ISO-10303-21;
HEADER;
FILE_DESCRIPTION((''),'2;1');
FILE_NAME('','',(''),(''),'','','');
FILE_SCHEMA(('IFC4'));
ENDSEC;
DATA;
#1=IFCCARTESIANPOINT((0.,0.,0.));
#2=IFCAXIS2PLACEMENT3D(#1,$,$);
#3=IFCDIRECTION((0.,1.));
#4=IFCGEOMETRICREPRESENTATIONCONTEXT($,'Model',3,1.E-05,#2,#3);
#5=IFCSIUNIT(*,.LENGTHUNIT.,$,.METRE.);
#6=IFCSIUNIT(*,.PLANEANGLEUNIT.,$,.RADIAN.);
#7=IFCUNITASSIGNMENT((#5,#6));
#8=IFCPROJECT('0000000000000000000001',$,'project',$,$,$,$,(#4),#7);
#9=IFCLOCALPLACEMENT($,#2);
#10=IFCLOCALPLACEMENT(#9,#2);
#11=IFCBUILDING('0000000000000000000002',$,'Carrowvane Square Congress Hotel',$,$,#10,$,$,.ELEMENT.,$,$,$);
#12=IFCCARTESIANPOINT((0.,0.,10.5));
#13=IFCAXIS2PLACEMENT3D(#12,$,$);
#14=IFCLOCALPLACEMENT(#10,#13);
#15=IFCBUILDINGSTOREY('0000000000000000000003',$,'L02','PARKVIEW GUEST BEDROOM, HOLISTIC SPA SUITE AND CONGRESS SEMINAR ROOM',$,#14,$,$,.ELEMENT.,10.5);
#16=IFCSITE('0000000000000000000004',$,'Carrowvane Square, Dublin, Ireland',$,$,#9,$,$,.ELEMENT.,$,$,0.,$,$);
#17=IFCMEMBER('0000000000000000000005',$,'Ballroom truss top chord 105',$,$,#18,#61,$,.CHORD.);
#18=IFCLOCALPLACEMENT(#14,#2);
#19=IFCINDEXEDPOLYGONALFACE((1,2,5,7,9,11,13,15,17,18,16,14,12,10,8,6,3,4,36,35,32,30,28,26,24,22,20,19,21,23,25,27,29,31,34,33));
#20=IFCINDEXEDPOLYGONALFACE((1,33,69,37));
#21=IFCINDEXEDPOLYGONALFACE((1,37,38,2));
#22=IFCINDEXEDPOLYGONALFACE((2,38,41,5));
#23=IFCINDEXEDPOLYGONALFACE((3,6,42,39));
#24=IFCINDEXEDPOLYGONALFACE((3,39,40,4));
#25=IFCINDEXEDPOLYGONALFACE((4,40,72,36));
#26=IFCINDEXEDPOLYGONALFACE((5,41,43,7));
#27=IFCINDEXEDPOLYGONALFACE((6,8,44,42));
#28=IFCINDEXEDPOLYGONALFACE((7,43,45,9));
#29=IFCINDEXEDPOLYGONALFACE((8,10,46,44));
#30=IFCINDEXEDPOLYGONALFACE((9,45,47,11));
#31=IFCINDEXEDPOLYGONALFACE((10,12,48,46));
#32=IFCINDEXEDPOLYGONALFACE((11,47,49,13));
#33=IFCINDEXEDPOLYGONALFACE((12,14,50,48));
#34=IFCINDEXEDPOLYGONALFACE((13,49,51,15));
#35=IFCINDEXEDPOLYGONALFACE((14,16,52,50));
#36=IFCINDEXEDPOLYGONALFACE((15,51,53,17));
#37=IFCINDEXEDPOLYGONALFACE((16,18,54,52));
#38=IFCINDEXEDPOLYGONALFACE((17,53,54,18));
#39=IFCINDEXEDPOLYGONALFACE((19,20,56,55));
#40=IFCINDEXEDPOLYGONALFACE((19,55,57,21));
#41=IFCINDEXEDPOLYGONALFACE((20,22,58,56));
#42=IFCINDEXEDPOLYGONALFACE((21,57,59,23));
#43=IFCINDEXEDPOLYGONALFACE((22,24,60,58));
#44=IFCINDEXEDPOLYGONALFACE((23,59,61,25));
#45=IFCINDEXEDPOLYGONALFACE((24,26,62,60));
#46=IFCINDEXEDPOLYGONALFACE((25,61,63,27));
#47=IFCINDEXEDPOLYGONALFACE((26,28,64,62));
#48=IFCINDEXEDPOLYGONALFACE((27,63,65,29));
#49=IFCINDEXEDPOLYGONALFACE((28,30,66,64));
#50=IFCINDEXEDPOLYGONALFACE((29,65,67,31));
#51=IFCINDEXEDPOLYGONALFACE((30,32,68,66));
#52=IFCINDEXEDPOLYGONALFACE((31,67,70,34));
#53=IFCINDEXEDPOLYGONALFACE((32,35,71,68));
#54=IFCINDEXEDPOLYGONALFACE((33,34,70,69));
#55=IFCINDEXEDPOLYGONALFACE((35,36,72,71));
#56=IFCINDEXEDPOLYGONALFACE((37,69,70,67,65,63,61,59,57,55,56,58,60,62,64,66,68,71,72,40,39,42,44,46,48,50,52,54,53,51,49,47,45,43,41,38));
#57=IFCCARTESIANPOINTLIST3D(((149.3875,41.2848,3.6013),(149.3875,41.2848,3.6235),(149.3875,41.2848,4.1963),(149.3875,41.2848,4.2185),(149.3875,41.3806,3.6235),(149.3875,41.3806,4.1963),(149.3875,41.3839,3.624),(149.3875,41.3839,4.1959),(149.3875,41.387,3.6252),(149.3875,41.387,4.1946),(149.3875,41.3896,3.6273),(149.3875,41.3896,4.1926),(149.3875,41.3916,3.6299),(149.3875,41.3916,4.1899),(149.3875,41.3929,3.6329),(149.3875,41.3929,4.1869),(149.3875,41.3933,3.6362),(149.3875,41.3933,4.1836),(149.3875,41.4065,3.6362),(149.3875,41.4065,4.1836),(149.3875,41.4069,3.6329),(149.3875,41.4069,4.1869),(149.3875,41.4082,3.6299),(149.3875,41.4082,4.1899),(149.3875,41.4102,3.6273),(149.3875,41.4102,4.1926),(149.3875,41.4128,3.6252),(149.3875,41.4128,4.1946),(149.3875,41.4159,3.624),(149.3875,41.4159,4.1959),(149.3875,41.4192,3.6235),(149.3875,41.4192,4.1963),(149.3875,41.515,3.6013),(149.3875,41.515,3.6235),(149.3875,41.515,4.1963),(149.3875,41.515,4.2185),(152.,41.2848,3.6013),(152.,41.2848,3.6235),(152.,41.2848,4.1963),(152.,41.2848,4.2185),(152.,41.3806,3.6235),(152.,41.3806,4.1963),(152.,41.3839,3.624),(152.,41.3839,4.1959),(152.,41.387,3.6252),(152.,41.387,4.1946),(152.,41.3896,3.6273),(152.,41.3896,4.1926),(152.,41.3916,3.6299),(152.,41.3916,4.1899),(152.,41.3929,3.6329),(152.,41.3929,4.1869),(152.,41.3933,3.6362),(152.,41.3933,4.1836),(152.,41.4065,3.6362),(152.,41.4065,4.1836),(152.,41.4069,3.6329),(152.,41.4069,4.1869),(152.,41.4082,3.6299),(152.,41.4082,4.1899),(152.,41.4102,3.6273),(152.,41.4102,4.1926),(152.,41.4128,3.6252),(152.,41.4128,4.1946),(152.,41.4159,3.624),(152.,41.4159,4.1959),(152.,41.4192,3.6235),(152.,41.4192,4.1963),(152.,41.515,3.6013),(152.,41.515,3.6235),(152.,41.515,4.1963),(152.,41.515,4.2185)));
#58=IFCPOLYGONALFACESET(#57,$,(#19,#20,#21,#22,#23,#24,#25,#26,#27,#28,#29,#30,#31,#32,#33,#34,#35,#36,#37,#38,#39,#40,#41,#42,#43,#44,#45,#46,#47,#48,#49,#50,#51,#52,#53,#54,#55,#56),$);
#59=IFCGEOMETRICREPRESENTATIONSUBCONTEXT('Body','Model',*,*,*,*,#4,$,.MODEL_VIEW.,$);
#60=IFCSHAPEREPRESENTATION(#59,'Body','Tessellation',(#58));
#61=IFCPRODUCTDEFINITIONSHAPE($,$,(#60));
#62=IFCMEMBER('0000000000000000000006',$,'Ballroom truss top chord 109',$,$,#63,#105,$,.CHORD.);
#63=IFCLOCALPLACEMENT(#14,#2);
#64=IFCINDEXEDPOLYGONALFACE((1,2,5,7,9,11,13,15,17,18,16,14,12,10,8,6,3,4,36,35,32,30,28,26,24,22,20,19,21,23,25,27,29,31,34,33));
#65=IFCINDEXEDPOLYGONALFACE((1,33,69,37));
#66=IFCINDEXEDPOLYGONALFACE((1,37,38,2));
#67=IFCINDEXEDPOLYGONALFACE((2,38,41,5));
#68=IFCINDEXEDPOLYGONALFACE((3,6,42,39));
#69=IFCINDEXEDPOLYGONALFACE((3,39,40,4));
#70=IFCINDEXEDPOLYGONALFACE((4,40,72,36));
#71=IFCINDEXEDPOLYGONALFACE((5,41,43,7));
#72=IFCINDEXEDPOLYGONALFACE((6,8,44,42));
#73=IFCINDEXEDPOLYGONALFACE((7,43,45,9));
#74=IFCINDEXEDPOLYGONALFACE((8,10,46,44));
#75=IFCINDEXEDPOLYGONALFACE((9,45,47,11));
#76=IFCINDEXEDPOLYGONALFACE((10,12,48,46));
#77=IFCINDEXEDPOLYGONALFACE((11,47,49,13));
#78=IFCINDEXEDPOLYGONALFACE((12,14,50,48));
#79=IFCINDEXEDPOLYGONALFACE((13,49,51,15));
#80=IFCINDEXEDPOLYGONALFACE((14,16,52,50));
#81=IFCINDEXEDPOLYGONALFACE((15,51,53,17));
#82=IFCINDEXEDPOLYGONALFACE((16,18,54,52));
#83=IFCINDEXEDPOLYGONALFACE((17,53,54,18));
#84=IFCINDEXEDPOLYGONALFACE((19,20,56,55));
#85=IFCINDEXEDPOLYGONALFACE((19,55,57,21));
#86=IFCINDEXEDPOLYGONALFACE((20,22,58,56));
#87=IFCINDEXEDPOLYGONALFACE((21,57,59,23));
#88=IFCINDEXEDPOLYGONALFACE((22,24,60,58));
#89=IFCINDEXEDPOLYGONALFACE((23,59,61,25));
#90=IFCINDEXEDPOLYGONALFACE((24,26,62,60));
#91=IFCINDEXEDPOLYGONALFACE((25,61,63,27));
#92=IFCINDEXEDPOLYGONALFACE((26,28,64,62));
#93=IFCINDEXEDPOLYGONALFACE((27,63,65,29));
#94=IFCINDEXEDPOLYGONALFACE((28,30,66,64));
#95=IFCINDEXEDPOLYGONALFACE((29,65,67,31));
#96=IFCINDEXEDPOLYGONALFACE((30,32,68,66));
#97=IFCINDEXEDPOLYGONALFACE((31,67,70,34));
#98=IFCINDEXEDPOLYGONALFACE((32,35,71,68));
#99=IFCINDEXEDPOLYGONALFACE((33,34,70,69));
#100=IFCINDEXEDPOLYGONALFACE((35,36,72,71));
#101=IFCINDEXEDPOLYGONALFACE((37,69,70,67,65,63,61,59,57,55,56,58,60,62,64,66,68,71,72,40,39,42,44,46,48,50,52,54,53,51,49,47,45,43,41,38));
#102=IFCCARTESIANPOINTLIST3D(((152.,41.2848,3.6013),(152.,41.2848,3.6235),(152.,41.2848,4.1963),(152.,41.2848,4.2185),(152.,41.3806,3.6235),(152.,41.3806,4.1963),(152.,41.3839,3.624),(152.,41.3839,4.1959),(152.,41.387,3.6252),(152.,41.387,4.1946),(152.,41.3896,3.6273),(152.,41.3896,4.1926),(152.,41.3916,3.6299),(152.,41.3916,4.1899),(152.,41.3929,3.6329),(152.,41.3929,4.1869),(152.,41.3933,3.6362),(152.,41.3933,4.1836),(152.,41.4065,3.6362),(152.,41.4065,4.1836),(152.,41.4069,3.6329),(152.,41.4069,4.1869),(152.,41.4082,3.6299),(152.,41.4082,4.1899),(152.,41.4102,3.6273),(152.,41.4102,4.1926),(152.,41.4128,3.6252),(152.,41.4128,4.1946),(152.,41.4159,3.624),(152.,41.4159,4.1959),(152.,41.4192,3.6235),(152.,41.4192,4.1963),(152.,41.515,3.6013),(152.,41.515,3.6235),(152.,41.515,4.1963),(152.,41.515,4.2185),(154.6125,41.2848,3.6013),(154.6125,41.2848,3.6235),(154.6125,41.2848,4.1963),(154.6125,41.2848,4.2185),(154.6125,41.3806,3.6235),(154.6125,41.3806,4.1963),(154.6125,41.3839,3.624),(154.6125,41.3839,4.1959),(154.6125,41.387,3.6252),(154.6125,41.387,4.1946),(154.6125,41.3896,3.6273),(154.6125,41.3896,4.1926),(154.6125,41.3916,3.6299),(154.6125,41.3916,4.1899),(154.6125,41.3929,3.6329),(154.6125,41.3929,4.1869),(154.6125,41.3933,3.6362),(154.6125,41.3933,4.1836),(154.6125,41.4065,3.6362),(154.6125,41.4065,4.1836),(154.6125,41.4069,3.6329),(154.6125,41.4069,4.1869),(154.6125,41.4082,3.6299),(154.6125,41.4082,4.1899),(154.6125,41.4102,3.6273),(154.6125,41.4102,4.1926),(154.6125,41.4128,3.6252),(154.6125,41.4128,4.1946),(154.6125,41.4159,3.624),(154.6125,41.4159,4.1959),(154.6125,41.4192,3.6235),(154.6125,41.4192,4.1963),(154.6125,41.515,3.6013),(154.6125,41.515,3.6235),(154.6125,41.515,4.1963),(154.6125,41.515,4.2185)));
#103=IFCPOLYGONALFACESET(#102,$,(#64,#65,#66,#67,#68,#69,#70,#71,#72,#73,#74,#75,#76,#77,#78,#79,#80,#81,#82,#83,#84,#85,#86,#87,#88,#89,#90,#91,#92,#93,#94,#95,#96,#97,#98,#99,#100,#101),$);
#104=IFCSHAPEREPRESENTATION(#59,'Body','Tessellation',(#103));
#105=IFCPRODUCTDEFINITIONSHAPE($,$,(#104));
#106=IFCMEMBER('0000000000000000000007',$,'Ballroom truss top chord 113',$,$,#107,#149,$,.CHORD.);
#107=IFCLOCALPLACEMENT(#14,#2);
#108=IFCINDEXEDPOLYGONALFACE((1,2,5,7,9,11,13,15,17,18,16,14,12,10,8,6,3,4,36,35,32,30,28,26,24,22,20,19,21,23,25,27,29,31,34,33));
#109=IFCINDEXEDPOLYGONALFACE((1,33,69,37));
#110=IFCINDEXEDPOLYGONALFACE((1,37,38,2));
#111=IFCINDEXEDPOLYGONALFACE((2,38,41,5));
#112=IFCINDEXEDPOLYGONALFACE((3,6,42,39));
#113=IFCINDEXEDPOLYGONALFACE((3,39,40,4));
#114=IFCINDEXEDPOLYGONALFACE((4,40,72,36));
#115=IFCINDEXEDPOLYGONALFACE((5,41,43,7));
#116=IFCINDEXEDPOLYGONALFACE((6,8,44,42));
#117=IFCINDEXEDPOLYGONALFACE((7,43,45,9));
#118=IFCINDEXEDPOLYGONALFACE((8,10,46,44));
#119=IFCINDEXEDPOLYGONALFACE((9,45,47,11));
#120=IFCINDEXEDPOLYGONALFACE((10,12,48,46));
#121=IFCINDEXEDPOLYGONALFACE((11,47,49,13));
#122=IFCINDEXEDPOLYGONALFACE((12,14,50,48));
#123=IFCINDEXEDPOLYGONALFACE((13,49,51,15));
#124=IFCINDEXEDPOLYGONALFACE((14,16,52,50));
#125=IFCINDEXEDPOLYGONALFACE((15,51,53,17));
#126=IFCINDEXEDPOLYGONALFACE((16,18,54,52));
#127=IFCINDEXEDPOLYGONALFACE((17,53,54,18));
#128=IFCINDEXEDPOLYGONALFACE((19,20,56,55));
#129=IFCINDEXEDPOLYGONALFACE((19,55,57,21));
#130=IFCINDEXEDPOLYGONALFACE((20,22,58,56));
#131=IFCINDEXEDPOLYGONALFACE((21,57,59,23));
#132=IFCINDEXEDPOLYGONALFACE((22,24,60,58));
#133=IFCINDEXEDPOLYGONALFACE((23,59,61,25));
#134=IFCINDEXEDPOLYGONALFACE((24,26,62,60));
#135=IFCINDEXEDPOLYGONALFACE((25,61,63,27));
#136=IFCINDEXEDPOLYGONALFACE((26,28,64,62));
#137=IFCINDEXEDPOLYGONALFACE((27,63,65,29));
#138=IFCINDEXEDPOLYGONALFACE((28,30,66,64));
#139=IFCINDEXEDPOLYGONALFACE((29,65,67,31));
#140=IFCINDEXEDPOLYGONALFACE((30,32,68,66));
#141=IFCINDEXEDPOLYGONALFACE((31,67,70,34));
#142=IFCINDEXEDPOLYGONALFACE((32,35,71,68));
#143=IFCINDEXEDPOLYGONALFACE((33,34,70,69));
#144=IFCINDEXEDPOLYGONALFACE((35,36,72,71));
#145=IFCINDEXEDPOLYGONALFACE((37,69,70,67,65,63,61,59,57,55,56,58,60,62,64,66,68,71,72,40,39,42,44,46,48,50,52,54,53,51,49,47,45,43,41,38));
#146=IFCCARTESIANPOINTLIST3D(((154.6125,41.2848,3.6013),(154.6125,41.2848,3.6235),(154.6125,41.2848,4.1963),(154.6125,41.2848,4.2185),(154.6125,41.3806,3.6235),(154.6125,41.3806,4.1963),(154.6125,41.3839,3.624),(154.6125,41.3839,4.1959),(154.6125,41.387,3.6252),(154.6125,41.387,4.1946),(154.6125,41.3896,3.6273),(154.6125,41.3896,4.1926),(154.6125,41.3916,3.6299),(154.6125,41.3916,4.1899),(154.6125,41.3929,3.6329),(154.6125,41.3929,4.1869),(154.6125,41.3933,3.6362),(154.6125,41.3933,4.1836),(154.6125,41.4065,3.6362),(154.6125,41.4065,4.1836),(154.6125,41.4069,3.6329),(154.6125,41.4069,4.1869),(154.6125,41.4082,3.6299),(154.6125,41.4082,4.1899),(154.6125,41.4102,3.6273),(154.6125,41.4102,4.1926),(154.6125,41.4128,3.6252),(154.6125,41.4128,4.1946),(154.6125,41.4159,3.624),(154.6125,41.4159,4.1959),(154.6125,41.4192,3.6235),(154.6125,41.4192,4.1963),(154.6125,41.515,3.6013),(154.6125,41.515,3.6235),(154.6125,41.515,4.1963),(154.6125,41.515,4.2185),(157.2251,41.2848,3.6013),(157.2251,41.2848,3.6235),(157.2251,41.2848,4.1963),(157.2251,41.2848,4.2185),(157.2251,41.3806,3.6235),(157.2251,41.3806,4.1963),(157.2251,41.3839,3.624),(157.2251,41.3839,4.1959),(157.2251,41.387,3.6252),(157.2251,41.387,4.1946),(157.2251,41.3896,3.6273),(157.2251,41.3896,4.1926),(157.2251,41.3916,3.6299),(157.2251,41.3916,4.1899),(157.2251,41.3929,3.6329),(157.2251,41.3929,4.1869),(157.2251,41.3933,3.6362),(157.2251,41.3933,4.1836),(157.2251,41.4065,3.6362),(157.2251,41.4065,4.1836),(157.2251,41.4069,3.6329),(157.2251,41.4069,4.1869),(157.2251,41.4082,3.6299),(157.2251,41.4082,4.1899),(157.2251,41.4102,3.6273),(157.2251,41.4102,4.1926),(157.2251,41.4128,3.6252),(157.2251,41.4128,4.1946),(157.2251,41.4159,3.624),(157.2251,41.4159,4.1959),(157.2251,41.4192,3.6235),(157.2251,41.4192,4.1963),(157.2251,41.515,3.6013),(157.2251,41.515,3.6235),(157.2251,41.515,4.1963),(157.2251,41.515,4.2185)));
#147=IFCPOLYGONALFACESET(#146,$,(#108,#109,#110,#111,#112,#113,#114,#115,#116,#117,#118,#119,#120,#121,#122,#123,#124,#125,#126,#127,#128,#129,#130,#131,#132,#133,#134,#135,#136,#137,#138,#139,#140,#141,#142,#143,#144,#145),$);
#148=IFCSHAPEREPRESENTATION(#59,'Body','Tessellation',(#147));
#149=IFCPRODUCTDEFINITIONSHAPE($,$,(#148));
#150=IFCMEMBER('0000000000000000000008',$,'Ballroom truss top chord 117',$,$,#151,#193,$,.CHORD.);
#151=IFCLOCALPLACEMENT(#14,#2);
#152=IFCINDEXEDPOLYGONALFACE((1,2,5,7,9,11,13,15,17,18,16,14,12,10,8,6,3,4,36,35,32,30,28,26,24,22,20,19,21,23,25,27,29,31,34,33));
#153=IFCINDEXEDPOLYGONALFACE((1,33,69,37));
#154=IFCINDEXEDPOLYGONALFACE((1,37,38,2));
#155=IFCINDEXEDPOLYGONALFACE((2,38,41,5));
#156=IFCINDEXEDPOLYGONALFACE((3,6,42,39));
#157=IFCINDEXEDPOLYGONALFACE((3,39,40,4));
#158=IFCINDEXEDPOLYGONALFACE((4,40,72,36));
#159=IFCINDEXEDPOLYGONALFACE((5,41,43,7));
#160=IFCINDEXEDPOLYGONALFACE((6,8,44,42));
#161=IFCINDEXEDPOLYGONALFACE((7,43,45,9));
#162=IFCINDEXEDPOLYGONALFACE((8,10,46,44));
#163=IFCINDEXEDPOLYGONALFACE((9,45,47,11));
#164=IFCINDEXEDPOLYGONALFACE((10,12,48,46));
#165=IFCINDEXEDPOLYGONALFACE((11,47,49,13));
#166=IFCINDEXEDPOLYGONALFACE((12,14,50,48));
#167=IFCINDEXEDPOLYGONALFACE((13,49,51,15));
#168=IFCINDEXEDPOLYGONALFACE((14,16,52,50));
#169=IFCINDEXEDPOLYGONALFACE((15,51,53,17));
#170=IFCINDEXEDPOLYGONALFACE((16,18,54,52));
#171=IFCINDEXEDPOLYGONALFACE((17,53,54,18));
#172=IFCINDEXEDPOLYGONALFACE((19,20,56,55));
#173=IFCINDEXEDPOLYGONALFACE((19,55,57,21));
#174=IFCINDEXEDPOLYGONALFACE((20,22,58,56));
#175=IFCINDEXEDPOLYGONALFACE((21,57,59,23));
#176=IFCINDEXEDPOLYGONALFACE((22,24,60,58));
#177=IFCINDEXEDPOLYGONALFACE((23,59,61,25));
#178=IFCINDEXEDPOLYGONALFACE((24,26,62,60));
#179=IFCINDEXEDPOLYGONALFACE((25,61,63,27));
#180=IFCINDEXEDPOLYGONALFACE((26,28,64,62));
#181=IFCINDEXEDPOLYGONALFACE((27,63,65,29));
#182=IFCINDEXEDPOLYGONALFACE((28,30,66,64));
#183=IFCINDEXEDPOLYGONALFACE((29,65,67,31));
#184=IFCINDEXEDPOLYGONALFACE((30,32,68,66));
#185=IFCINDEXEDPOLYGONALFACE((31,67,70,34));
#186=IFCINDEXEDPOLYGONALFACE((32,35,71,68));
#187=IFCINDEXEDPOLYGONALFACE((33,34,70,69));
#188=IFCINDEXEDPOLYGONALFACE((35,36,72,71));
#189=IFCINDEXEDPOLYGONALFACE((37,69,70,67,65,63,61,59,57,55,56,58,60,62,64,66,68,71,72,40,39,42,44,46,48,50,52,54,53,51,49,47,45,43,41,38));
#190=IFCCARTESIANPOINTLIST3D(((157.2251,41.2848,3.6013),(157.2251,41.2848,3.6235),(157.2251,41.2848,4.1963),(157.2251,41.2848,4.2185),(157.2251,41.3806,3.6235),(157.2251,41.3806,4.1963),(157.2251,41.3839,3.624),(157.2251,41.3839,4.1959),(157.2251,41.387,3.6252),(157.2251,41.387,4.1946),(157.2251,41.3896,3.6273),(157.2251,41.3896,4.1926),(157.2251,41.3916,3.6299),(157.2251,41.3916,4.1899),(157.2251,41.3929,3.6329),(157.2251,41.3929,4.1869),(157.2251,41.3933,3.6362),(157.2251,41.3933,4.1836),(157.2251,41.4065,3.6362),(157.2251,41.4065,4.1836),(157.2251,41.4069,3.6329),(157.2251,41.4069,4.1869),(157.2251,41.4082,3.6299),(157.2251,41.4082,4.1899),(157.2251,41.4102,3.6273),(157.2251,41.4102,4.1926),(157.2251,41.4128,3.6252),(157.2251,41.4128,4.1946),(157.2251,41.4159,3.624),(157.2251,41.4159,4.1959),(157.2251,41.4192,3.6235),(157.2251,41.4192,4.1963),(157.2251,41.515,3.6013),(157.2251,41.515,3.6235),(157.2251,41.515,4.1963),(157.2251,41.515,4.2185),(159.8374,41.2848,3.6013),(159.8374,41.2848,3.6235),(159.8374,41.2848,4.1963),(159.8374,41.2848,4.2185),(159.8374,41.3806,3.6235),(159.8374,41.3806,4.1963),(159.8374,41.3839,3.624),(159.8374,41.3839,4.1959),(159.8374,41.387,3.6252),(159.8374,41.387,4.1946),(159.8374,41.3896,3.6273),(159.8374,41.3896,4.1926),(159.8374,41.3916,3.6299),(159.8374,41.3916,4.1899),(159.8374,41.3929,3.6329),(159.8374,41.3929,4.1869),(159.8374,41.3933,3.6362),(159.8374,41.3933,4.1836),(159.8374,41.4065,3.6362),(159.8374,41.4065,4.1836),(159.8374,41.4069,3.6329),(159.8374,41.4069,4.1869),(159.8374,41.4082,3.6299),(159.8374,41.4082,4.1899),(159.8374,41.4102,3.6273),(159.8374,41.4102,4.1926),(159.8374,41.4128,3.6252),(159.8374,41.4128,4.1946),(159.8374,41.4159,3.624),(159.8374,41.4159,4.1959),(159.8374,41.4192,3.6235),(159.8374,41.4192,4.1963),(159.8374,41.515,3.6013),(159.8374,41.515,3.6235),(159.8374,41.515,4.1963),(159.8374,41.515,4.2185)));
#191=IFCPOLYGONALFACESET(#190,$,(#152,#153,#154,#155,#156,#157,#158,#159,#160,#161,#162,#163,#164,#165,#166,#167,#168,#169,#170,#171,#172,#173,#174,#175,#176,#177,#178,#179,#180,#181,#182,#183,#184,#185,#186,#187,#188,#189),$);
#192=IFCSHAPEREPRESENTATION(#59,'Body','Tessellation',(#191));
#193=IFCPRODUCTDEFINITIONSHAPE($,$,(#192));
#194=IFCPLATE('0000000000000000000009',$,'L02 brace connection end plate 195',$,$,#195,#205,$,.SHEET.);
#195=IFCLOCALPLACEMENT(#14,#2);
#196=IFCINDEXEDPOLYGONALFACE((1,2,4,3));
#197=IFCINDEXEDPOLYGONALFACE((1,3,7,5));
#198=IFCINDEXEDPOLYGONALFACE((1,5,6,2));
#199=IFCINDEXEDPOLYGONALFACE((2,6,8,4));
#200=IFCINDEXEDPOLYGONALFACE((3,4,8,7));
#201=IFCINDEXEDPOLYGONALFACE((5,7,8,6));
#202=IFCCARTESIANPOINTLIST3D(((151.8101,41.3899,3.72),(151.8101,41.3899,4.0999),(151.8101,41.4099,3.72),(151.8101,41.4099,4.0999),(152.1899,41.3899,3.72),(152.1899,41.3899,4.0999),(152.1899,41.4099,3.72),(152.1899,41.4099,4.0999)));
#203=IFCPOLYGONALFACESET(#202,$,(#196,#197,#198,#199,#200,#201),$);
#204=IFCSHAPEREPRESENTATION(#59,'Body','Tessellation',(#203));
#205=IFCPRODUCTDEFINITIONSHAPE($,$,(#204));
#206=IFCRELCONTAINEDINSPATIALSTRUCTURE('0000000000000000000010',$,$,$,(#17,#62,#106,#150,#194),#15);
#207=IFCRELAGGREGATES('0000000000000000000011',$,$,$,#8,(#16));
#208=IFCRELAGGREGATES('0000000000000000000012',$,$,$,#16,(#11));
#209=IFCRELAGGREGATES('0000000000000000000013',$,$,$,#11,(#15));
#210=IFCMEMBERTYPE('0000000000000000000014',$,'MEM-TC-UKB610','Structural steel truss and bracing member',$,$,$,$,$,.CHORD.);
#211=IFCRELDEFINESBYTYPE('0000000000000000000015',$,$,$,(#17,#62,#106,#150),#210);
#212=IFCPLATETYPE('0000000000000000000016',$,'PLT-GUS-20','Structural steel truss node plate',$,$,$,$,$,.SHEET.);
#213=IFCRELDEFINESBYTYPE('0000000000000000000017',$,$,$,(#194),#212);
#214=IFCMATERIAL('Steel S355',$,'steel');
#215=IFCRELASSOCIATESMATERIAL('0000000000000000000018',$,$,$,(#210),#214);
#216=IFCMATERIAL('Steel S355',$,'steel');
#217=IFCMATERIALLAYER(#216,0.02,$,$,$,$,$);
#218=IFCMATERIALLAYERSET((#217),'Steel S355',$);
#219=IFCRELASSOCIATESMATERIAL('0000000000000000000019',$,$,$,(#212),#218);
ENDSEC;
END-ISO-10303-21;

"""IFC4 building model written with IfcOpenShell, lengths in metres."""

from ifc_helpers import new_model, si_unit, direction, frame, origin, origin_2d, place, context, subcontext, project, spatial, rectangle, i_section, extrude, material, layer, layer_set, material_profile, profile_set, type_object, element, save


model = new_model("IFC4")

# Units and contexts
model_context = context("Model", 3, precision=1e-05, world=origin(), true_north=direction((0.0, 1.0)))
body_context = subcontext(model_context, "Body", "Model", "MODEL_VIEW")
ifc_project = project(units=[si_unit("LENGTHUNIT", "METRE"), si_unit("PLANEANGLEUNIT", "RADIAN")], contexts=[model_context])

# Site, building, storey
site_placement = place(None, origin())
site = spatial("IfcSite", under=ifc_project, at=site_placement, Name="Carrowvane Square, Dublin, Ireland", CompositionType="ELEMENT", RefElevation=0.0)
building_placement = place(site_placement, origin())
building = spatial("IfcBuilding", under=site, at=building_placement, Name="Carrowvane Square Congress Hotel", CompositionType="ELEMENT")
storey_placement = place(building_placement, frame((0.0, 0.0, 10.5)))
storey = spatial("IfcBuildingStorey", under=building, at=storey_placement, Name="L02", Description="PARKVIEW GUEST BEDROOM, HOLISTIC SPA SUITE AND CONGRESS SEMINAR ROOM", CompositionType="ELEMENT", Elevation=10.5)

# Members
ifc_material_1 = material(Name="Steel S355", Category="steel")
ifc_material_profile_1 = material_profile(ifc_material_1, i_section(OverallWidth=0.2302, OverallDepth=0.6172, WebThickness=0.0132, FlangeThickness=0.0222, FilletRadius=0.0127, at=origin_2d()), Name="UKB 610x229x140")
ifc_profile_set_1 = profile_set([ifc_material_profile_1], Name="Steel S355")
member_type_1 = type_object("IfcMemberType", Name="MEM-TC-UKB610", Description="Structural steel truss and bracing member", PredefinedType="CHORD", material=ifc_profile_set_1)
for number, where, z_axis, x_axis, name in (
    (1, (149.3875, 41.3999, 3.9099), (1.0, 0.0, 0.0), (0.0, 1.0, 0.0), "Ballroom truss top chord 105"),
    (2, (152.0, 41.3999, 3.9099), (1.0, 0.0, 0.0), (0.0, 1.0, 0.0), "Ballroom truss top chord 109"),
    (3, (154.6125, 41.3999, 3.9099), (1.0, 0.0, 0.0), (0.0, 1.0, 0.0), "Ballroom truss top chord 113"),
):
    element("IfcMember", number, at=place(storey_placement, frame(where, z_axis=z_axis, x_axis=x_axis)), inside=storey, type_object=member_type_1, Name=name, PredefinedType="CHORD", context=body_context, shape_type="SweptSolid", body=[
        extrude(i_section(OverallWidth=0.2302, OverallDepth=0.6172, WebThickness=0.0132, FlangeThickness=0.0222, FilletRadius=0.0127, at=origin_2d()), origin(), (0.0, 0.0, 1.0), 2.6125),
    ])
member_1_placement = place(storey_placement, frame((157.2251, 41.3999, 3.9099), z_axis=(1.0, 0.0, 0.0), x_axis=(0.0, 1.0, 0.0)))
element("IfcMember", 4, at=member_1_placement, inside=storey, type_object=member_type_1, Name="Ballroom truss top chord 117", PredefinedType="CHORD", context=body_context, shape_type="SweptSolid", body=[
    extrude(i_section(OverallWidth=0.2302, OverallDepth=0.6172, WebThickness=0.0132, FlangeThickness=0.0222, FilletRadius=0.0127, at=origin_2d()), origin(), (0.0, 0.0, 1.0), 2.6123),
])

# Plate
ifc_material_2 = material(Name="Steel S355", Category="steel")
ifc_layer_1 = layer(ifc_material_2, 0.02)
ifc_layer_set_1 = layer_set([ifc_layer_1], Name="Steel S355")
plate_type_1 = type_object("IfcPlateType", Name="PLT-GUS-20", Description="Structural steel truss node plate", PredefinedType="SHEET", material=ifc_layer_set_1)
plate_1_placement = place(storey_placement, frame((152.0, 41.3999, 3.72), z_axis=(0.0, 0.0, 1.0), x_axis=(1.0, 0.0, 0.0)))
element("IfcPlate", 5, at=plate_1_placement, inside=storey, type_object=plate_type_1, Name="L02 brace connection end plate 195", PredefinedType="SHEET", context=body_context, shape_type="SweptSolid", body=[
    extrude(rectangle(XDim=0.3799, YDim=0.02, at=origin_2d()), origin(), (0.0, 0.0, 1.0), 0.3799),
])

save(model, "model.ifc")
